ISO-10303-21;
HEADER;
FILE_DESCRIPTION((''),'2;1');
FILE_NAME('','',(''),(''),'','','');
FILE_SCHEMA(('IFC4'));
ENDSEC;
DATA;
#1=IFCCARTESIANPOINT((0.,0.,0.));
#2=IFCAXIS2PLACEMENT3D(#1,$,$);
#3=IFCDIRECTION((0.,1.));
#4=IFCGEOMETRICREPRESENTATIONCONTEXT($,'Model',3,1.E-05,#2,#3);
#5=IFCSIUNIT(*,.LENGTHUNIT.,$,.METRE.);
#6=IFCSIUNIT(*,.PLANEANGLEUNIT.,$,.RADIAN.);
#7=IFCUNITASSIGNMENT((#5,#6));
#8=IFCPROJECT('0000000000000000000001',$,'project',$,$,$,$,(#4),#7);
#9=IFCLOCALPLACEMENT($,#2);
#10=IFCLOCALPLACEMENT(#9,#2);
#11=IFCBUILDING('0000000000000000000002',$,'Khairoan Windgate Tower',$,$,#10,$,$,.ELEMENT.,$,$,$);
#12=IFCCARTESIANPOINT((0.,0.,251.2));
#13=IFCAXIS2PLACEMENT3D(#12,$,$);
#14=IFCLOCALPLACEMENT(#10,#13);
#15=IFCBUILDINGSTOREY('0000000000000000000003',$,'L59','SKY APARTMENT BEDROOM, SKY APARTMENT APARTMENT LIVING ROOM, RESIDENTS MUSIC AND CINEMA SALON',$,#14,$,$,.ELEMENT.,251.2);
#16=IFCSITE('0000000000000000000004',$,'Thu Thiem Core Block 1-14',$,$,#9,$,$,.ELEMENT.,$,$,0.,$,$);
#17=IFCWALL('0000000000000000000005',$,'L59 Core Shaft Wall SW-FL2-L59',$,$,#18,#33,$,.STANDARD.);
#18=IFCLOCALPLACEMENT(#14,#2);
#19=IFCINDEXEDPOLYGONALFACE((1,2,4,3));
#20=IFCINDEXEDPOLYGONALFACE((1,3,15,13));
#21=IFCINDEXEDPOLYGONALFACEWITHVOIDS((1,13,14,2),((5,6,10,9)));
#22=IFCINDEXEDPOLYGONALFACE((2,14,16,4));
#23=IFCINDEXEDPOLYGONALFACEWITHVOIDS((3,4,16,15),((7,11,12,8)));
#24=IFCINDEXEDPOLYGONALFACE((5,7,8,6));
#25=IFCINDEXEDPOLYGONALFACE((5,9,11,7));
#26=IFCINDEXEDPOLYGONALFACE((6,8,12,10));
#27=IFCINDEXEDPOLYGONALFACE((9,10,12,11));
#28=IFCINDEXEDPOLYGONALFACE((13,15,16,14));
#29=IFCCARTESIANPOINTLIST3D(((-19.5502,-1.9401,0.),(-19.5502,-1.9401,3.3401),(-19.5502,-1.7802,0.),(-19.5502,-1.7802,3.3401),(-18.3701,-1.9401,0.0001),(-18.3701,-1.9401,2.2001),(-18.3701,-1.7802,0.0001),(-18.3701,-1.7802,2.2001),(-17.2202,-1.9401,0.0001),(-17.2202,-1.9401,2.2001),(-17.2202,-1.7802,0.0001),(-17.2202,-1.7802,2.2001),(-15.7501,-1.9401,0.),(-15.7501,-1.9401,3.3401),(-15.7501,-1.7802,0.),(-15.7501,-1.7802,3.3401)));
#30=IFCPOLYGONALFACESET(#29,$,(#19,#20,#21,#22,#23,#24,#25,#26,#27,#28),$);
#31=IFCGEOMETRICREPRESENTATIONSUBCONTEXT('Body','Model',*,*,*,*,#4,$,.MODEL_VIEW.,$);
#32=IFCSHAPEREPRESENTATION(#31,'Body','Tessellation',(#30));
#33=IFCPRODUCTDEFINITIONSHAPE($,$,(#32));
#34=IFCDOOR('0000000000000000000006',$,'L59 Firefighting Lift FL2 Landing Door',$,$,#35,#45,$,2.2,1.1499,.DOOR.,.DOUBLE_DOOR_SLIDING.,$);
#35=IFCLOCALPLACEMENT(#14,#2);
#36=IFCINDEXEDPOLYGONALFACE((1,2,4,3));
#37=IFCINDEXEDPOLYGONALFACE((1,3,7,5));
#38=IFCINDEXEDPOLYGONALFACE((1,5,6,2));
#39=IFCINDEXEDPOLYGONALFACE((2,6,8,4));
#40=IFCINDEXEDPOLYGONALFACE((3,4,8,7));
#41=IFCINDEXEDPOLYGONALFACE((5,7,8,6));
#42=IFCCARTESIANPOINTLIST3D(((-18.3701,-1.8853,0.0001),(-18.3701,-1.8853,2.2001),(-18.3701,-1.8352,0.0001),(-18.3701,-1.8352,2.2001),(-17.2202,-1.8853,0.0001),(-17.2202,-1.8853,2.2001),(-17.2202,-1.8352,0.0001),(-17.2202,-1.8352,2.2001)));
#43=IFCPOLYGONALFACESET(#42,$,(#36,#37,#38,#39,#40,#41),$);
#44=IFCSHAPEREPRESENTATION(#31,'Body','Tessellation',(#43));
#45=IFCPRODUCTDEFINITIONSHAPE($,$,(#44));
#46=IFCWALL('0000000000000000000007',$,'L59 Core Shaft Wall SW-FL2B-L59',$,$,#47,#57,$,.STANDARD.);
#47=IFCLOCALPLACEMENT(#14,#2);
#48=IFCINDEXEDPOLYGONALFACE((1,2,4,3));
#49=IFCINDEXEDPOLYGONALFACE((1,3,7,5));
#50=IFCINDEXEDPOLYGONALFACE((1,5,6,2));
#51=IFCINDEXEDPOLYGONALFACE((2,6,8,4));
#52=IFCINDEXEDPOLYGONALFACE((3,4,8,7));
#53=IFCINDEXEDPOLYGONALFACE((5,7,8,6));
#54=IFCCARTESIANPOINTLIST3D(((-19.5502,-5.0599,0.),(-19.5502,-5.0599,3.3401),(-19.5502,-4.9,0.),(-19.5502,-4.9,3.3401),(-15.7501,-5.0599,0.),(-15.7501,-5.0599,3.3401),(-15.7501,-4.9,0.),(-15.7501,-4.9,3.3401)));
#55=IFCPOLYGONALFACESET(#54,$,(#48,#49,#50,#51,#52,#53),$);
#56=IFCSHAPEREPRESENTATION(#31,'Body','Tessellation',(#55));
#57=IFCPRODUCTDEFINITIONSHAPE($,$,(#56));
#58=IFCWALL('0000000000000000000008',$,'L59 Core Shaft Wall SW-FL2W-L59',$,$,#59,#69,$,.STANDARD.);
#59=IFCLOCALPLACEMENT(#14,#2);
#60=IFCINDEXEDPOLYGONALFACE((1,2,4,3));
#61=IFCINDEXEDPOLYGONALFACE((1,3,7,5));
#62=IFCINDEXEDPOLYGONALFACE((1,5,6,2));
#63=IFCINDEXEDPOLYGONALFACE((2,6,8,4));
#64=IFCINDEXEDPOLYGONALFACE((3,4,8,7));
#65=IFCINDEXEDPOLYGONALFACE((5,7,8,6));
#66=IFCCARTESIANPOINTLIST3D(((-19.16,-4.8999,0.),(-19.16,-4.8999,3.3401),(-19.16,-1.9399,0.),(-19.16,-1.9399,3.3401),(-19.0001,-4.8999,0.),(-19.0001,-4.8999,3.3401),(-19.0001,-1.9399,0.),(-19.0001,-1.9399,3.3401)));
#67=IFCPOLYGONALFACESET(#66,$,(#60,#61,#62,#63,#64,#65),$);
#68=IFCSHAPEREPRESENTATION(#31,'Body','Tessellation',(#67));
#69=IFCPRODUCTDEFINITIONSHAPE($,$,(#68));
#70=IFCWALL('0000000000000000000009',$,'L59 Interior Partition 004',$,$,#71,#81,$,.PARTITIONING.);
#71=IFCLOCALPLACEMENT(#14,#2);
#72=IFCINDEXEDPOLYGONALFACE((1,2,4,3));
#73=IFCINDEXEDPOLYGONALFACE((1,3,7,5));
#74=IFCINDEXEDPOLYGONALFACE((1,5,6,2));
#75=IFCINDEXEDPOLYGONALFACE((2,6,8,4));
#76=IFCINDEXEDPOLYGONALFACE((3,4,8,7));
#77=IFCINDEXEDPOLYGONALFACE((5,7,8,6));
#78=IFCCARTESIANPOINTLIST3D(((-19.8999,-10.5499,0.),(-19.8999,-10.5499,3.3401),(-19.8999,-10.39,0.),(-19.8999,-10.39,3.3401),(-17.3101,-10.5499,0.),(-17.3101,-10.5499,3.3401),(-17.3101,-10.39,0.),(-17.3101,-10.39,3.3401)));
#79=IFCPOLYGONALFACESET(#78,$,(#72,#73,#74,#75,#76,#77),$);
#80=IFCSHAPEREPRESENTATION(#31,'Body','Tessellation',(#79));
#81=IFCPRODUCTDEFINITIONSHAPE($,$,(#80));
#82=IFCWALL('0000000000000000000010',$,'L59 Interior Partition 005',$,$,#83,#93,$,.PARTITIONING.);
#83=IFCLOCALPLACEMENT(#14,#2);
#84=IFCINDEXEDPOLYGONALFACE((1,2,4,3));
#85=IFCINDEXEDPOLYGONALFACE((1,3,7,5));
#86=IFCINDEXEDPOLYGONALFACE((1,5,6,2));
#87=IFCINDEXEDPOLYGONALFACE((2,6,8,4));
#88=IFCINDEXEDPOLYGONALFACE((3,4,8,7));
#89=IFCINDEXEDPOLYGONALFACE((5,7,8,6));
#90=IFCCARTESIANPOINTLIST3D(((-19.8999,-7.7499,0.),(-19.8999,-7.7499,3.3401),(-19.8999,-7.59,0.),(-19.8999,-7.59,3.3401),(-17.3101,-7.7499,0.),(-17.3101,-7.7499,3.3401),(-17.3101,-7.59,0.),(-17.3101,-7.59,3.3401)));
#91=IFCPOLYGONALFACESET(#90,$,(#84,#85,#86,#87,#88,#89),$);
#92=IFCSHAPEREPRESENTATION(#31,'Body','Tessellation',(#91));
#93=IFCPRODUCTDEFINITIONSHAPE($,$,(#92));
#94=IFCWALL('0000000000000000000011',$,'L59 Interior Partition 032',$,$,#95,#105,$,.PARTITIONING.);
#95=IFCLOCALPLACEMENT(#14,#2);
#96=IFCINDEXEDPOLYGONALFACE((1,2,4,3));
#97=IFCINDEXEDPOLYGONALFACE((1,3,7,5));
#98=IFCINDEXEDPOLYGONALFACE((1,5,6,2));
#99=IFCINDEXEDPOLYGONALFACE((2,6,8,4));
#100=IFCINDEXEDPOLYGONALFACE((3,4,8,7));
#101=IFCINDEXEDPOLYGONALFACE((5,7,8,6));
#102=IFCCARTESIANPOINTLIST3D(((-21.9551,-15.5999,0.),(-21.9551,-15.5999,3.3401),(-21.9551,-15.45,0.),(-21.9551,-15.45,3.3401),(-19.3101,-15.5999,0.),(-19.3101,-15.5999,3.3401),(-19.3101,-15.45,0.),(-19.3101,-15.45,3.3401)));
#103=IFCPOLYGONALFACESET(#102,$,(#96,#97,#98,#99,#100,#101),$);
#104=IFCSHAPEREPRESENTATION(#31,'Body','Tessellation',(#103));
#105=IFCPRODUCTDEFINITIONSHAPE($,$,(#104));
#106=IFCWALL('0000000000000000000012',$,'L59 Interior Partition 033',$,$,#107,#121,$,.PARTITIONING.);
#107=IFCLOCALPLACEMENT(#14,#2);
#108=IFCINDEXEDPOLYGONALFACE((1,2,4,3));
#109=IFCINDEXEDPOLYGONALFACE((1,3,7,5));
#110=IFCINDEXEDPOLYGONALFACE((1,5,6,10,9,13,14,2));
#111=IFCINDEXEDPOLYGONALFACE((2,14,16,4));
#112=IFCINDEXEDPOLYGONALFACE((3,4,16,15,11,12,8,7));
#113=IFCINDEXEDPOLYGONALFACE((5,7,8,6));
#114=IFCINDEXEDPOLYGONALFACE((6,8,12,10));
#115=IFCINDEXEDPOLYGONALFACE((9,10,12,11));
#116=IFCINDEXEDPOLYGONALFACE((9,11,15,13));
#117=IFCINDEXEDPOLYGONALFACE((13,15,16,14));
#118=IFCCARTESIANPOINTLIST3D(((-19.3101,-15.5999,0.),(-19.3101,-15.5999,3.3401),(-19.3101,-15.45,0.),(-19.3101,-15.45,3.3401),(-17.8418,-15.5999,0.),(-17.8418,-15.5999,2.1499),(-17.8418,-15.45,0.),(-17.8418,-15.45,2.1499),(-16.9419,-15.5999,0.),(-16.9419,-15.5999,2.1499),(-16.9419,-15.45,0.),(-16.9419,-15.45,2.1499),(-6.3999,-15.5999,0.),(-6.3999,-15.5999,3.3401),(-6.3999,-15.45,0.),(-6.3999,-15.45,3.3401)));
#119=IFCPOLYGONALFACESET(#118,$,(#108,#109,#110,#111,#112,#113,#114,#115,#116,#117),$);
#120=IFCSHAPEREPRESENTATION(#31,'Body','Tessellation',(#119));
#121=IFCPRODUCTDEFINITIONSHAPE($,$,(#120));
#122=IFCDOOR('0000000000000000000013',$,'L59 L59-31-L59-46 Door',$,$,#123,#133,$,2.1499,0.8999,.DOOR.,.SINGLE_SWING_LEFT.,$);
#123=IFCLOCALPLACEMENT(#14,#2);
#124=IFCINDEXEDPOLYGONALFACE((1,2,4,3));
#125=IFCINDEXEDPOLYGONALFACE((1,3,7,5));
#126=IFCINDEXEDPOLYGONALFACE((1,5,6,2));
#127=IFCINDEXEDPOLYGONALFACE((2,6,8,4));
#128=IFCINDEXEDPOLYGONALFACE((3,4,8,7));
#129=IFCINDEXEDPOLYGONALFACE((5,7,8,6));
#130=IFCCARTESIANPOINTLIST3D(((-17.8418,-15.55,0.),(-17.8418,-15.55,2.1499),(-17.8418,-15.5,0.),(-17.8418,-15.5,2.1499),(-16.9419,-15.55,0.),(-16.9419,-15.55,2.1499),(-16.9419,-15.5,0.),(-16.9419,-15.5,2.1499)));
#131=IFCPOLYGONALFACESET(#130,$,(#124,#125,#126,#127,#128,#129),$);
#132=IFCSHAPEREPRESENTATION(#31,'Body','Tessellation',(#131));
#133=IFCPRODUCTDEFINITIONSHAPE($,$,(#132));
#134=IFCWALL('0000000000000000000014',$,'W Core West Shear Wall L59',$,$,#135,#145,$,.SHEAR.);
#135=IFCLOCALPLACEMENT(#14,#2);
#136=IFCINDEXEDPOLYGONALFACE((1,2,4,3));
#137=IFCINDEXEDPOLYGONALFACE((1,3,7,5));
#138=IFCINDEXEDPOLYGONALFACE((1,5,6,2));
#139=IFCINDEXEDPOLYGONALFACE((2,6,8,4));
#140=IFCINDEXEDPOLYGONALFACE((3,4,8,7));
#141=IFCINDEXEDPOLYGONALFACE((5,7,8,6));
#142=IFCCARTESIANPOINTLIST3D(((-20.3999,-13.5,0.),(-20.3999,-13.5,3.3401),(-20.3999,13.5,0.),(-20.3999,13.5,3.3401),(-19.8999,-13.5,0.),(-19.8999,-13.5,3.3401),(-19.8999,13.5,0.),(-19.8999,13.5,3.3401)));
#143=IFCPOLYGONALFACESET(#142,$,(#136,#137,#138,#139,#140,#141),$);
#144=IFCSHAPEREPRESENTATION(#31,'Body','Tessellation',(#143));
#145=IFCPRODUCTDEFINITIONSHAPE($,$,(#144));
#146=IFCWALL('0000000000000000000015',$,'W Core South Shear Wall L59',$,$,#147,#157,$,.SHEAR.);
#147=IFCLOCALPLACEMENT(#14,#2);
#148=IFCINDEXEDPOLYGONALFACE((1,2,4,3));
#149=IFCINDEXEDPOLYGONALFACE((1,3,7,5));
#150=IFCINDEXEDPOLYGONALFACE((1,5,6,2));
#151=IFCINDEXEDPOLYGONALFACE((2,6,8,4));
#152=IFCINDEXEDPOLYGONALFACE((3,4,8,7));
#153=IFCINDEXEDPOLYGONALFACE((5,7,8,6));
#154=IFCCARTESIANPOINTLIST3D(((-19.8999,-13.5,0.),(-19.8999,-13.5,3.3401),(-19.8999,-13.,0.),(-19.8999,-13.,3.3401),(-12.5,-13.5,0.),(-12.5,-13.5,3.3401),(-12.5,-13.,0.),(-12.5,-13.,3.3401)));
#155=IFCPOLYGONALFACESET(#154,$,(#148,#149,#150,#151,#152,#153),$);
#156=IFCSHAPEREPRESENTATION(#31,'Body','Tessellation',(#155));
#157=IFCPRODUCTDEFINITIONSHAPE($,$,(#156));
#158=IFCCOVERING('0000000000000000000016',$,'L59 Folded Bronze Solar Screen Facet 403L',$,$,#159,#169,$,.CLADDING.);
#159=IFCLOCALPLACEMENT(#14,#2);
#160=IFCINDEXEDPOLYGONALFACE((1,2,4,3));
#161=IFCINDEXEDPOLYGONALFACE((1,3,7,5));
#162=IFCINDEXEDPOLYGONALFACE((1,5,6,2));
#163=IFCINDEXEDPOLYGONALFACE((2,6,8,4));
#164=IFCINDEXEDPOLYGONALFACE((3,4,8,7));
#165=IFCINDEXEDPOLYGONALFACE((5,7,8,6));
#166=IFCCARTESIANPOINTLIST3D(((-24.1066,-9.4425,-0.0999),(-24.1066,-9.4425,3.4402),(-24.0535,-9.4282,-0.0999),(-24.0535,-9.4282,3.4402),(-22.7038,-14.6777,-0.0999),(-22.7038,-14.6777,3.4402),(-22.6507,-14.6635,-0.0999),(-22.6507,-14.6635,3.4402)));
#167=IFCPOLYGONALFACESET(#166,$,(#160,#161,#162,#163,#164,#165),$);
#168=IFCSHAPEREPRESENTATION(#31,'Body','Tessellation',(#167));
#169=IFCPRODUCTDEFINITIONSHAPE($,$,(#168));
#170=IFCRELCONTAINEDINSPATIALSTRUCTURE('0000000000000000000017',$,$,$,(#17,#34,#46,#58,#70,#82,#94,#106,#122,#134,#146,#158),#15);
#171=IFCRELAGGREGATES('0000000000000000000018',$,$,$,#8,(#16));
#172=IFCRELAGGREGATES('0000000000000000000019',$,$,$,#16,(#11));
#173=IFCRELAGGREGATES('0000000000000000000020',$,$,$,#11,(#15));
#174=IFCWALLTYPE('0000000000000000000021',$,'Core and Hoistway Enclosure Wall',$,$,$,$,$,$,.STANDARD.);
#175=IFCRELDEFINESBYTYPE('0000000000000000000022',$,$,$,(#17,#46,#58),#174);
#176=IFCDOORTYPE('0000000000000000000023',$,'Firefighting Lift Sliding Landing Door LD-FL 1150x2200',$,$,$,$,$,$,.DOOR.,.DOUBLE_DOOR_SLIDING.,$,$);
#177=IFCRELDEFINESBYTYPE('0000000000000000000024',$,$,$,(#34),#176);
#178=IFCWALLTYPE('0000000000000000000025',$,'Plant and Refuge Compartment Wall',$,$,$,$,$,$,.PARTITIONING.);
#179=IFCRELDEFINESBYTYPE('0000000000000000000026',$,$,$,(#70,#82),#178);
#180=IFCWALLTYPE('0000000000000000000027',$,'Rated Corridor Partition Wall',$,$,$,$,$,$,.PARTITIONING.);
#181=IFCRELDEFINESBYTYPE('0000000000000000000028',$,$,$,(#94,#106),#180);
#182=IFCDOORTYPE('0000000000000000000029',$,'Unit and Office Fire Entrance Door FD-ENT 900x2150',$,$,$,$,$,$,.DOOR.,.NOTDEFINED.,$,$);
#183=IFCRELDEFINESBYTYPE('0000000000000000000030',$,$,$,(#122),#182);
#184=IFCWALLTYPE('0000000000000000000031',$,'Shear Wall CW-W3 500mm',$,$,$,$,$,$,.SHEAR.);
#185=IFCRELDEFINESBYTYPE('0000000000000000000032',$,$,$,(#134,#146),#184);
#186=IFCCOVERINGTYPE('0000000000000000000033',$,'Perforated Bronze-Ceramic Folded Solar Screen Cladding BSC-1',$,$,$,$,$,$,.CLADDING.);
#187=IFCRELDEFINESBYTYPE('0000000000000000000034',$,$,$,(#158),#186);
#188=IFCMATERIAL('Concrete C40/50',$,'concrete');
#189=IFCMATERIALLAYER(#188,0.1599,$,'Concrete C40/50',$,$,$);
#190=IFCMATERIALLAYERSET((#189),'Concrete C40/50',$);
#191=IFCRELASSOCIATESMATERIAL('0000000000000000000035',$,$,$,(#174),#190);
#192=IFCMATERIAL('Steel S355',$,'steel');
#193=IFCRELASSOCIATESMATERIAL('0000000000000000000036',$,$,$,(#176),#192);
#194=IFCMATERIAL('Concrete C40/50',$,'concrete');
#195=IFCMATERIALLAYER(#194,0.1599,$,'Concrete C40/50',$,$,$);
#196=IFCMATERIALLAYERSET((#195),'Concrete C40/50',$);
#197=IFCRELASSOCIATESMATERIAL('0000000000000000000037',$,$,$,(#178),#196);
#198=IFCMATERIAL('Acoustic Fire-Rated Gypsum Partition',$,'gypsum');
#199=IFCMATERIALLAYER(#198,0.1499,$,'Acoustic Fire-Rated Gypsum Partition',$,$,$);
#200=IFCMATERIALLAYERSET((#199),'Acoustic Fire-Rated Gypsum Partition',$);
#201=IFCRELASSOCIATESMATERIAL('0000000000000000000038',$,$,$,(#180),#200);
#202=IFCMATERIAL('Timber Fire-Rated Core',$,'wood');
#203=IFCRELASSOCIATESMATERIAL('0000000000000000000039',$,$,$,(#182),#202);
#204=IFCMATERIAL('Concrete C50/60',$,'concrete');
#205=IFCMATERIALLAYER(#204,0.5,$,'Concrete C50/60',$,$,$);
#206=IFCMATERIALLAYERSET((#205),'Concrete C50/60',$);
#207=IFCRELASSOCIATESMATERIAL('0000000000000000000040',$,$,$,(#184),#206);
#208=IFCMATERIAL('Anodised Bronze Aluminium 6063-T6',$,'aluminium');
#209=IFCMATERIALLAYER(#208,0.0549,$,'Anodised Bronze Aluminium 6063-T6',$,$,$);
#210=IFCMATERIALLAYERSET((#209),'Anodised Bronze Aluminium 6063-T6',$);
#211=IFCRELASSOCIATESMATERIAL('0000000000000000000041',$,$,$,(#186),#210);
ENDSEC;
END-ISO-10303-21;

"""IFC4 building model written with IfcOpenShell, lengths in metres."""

from ifc_helpers import new_model, si_unit, direction, frame, frame_2d, origin, origin_2d, place, context, subcontext, project, spatial, rectangle, extrude, material, layer, layer_set, type_object, element, fill, save


model = new_model("IFC4")

# Units and contexts
model_context = context("Model", 3, precision=1e-05, world=origin(), true_north=direction((0.0, 1.0)))
body_context = subcontext(model_context, "Body", "Model", "MODEL_VIEW")
ifc_project = project(units=[si_unit("LENGTHUNIT", "METRE"), si_unit("PLANEANGLEUNIT", "RADIAN")], contexts=[model_context])

# Site, building, storey
site_placement = place(None, origin())
site = spatial("IfcSite", under=ifc_project, at=site_placement, Name="Thu Thiem Core Block 1-14", CompositionType="ELEMENT", RefElevation=0.0)
building_placement = place(site_placement, origin())
building = spatial("IfcBuilding", under=site, at=building_placement, Name="Khairoan Windgate Tower", CompositionType="ELEMENT")
storey_placement = place(building_placement, frame((0.0, 0.0, 251.2)))
storey = spatial("IfcBuildingStorey", under=building, at=storey_placement, Name="L59", Description="SKY APARTMENT BEDROOM, SKY APARTMENT APARTMENT LIVING ROOM, RESIDENTS MUSIC AND CINEMA SALON", CompositionType="ELEMENT", Elevation=251.2)

# Wall, opening, door
ifc_material_1 = material(Name="Concrete C40/50", Category="concrete")
ifc_layer_1 = layer(ifc_material_1, 0.1599, Name="Concrete C40/50")
ifc_layer_set_1 = layer_set([ifc_layer_1], Name="Concrete C40/50")
wall_type_1 = type_object("IfcWallType", Name="Core and Hoistway Enclosure Wall", PredefinedType="STANDARD", material=ifc_layer_set_1)
wall_1_placement = place(storey_placement, frame((-19.55, -1.8601, 0.0), z_axis=(0.0, 0.0, 1.0), x_axis=(1.0, 0.0, 0.0)))
wall_1 = element("IfcWall", 1, at=wall_1_placement, inside=storey, type_object=wall_type_1, Name="L59 Core Shaft Wall SW-FL2-L59", PredefinedType="STANDARD", context=body_context, shape_type="SweptSolid", body=[
    extrude(rectangle(XDim=3.8, YDim=0.1599, at=frame_2d((1.8999, 0.0))), origin(), (0.0, 0.0, 1.0), 3.3401),
])
opening_1_placement = place(wall_1_placement, frame((1.1799, 0.0, 0.0)))
opening_1 = element("IfcOpeningElement", 2, at=opening_1_placement, cuts=wall_1, PredefinedType="OPENING", context=body_context, shape_type="SweptSolid", body=[
    extrude(rectangle(XDim=1.1499, YDim=2.2, at=frame_2d((0.575, 1.1001))), frame((0.0, 0.0898, 0.0), z_axis=(0.0, -1.0, 0.0), x_axis=(1.0, 0.0, 0.0)), (0.0, 0.0, 1.0), 0.1799),
])
ifc_material_2 = material(Name="Steel S355", Category="steel")
door_type_1 = type_object("IfcDoorType", Name="Firefighting Lift Sliding Landing Door LD-FL 1150x2200", OperationType="DOUBLE_DOOR_SLIDING", PredefinedType="DOOR", material=ifc_material_2)
door_1_placement = place(opening_1_placement, origin())
door_1 = element("IfcDoor", 3, at=door_1_placement, inside=storey, type_object=door_type_1, Name="L59 Firefighting Lift FL2 Landing Door", OperationType="DOUBLE_DOOR_SLIDING", OverallHeight=2.2, OverallWidth=1.1499, PredefinedType="DOOR", context=body_context, shape_type="SweptSolid", body=[
    extrude(rectangle(XDim=1.1499, YDim=2.2, at=frame_2d((0.575, 1.1001))), frame((0.0, 0.0249, 0.0), z_axis=(0.0, -1.0, 0.0), x_axis=(1.0, 0.0, 0.0)), (0.0, 0.0, 1.0), 0.05),
])
fill(opening_1, door_1)

# Walls
wall_2_placement = place(storey_placement, frame((-19.55, -4.98, 0.0), z_axis=(0.0, 0.0, 1.0), x_axis=(1.0, 0.0, 0.0)))
element("IfcWall", 4, at=wall_2_placement, inside=storey, type_object=wall_type_1, Name="L59 Core Shaft Wall SW-FL2B-L59", PredefinedType="STANDARD", context=body_context, shape_type="SweptSolid", body=[
    extrude(rectangle(XDim=3.8, YDim=0.1599, at=frame_2d((1.8999, 0.0))), origin(), (0.0, 0.0, 1.0), 3.3401),
])
wall_3_placement = place(storey_placement, frame((-19.0801, -4.8999, 0.0), z_axis=(0.0, 0.0, 1.0), x_axis=(0.0, 1.0, 0.0)))
element("IfcWall", 5, at=wall_3_placement, inside=storey, type_object=wall_type_1, Name="L59 Core Shaft Wall SW-FL2W-L59", PredefinedType="STANDARD", context=body_context, shape_type="SweptSolid", body=[
    extrude(rectangle(XDim=2.96, YDim=0.1599, at=frame_2d((1.48, 0.0))), origin(), (0.0, 0.0, 1.0), 3.3401),
])
ifc_material_3 = material(Name="Concrete C40/50", Category="concrete")
ifc_layer_2 = layer(ifc_material_3, 0.1599, Name="Concrete C40/50")
ifc_layer_set_2 = layer_set([ifc_layer_2], Name="Concrete C40/50")
wall_type_2 = type_object("IfcWallType", Name="Plant and Refuge Compartment Wall", PredefinedType="PARTITIONING", material=ifc_layer_set_2)
for number, where, z_axis, x_axis, name in (
    (6, (-19.8999, -10.47, 0.0), (0.0, 0.0, 1.0), (1.0, 0.0, 0.0), "L59 Interior Partition 004"),
    (7, (-19.8999, -7.6699, 0.0), (0.0, 0.0, 1.0), (1.0, 0.0, 0.0), "L59 Interior Partition 005"),
):
    element("IfcWall", number, at=place(storey_placement, frame(where, z_axis=z_axis, x_axis=x_axis)), inside=storey, type_object=wall_type_2, Name=name, PredefinedType="PARTITIONING", context=body_context, shape_type="SweptSolid", body=[
        extrude(rectangle(XDim=2.5898, YDim=0.1599, at=frame_2d((1.2949, 0.0))), origin(), (0.0, 0.0, 1.0), 3.3401),
    ])
ifc_material_4 = material(Name="Acoustic Fire-Rated Gypsum Partition", Category="gypsum")
ifc_layer_3 = layer(ifc_material_4, 0.1499, Name="Acoustic Fire-Rated Gypsum Partition")
ifc_layer_set_3 = layer_set([ifc_layer_3], Name="Acoustic Fire-Rated Gypsum Partition")
wall_type_3 = type_object("IfcWallType", Name="Rated Corridor Partition Wall", PredefinedType="PARTITIONING", material=ifc_layer_set_3)
wall_4_placement = place(storey_placement, frame((-21.9551, -15.5249, 0.0), z_axis=(0.0, 0.0, 1.0), x_axis=(1.0, 0.0, 0.0)))
element("IfcWall", 8, at=wall_4_placement, inside=storey, type_object=wall_type_3, Name="L59 Interior Partition 032", PredefinedType="PARTITIONING", context=body_context, shape_type="SweptSolid", body=[
    extrude(rectangle(XDim=2.645, YDim=0.1499, at=frame_2d((1.3225, 0.0))), origin(), (0.0, 0.0, 1.0), 3.3401),
])

# Wall, opening, door
wall_5_placement = place(storey_placement, frame((-19.3101, -15.5249, 0.0), z_axis=(0.0, 0.0, 1.0), x_axis=(1.0, 0.0, 0.0)))
wall_5 = element("IfcWall", 9, at=wall_5_placement, inside=storey, type_object=wall_type_3, Name="L59 Interior Partition 033", PredefinedType="PARTITIONING", context=body_context, shape_type="SweptSolid", body=[
    extrude(rectangle(XDim=12.9102, YDim=0.1499, at=frame_2d((6.4551, 0.0))), origin(), (0.0, 0.0, 1.0), 3.3401),
])
opening_2_placement = place(wall_5_placement, frame((1.4683, 0.0, 0.0)))
opening_2 = element("IfcOpeningElement", 10, at=opening_2_placement, cuts=wall_5, PredefinedType="OPENING", context=body_context, shape_type="SweptSolid", body=[
    extrude(rectangle(XDim=0.8999, YDim=2.1499, at=frame_2d((0.45, 1.075))), frame((0.0, 0.085, 0.0), z_axis=(0.0, -1.0, 0.0), x_axis=(1.0, 0.0, 0.0)), (0.0, 0.0, 1.0), 0.1699),
])
ifc_material_5 = material(Name="Timber Fire-Rated Core", Category="wood")
door_type_2 = type_object("IfcDoorType", Name="Unit and Office Fire Entrance Door FD-ENT 900x2150", OperationType="NOTDEFINED", PredefinedType="DOOR", material=ifc_material_5)
door_2_placement = place(opening_2_placement, origin())
door_2 = element("IfcDoor", 11, at=door_2_placement, inside=storey, type_object=door_type_2, Name="L59 L59-31-L59-46 Door", OperationType="SINGLE_SWING_LEFT", OverallHeight=2.1499, OverallWidth=0.8999, PredefinedType="DOOR", context=body_context, shape_type="SweptSolid", body=[
    extrude(rectangle(XDim=0.8999, YDim=2.1499, at=frame_2d((0.45, 1.075))), frame((0.0, 0.0249, 0.0), z_axis=(0.0, -1.0, 0.0), x_axis=(1.0, 0.0, 0.0)), (0.0, 0.0, 1.0), 0.05),
])
fill(opening_2, door_2)

# Walls
ifc_material_6 = material(Name="Concrete C50/60", Category="concrete")
ifc_layer_4 = layer(ifc_material_6, 0.5, Name="Concrete C50/60")
ifc_layer_set_4 = layer_set([ifc_layer_4], Name="Concrete C50/60")
wall_type_4 = type_object("IfcWallType", Name="Shear Wall CW-W3 500mm", PredefinedType="SHEAR", material=ifc_layer_set_4)
wall_6_placement = place(storey_placement, frame((-20.1499, -13.5, 0.0), z_axis=(0.0, 0.0, 1.0), x_axis=(0.0, 1.0, 0.0)))
element("IfcWall", 12, at=wall_6_placement, inside=storey, type_object=wall_type_4, Name="W Core West Shear Wall L59", PredefinedType="SHEAR", context=body_context, shape_type="SweptSolid", body=[
    extrude(rectangle(XDim=27.0, YDim=0.5, at=frame_2d((13.5, 0.0))), origin(), (0.0, 0.0, 1.0), 3.3401),
])
wall_7_placement = place(storey_placement, frame((-19.8999, -13.25, 0.0), z_axis=(0.0, 0.0, 1.0), x_axis=(1.0, 0.0, 0.0)))
element("IfcWall", 13, at=wall_7_placement, inside=storey, type_object=wall_type_4, Name="W Core South Shear Wall L59", PredefinedType="SHEAR", context=body_context, shape_type="SweptSolid", body=[
    extrude(rectangle(XDim=7.3999, YDim=0.5, at=frame_2d((3.7, 0.0))), origin(), (0.0, 0.0, 1.0), 3.3401),
])

# Covering
ifc_material_7 = material(Name="Anodised Bronze Aluminium 6063-T6", Category="aluminium")
ifc_layer_5 = layer(ifc_material_7, 0.0549, Name="Anodised Bronze Aluminium 6063-T6")
ifc_layer_set_5 = layer_set([ifc_layer_5], Name="Anodised Bronze Aluminium 6063-T6")
covering_type = type_object("IfcCoveringType", Name="Perforated Bronze-Ceramic Folded Solar Screen Cladding BSC-1", PredefinedType="CLADDING", material=ifc_layer_set_5)
covering_placement = place(storey_placement, frame((-23.3787, -12.053, -0.0999), z_axis=(0.0, 0.0, 1.0), x_axis=(-0.258819, 0.965926, 0.0)))
element("IfcCovering", 14, at=covering_placement, inside=storey, type_object=covering_type, Name="L59 Folded Bronze Solar Screen Facet 403L", PredefinedType="CLADDING", context=body_context, shape_type="SweptSolid", body=[
    extrude(rectangle(XDim=5.4199, YDim=0.0549, at=origin_2d()), origin(), (0.0, 0.0, 1.0), 3.54),
])

save(model, "model.ifc")
